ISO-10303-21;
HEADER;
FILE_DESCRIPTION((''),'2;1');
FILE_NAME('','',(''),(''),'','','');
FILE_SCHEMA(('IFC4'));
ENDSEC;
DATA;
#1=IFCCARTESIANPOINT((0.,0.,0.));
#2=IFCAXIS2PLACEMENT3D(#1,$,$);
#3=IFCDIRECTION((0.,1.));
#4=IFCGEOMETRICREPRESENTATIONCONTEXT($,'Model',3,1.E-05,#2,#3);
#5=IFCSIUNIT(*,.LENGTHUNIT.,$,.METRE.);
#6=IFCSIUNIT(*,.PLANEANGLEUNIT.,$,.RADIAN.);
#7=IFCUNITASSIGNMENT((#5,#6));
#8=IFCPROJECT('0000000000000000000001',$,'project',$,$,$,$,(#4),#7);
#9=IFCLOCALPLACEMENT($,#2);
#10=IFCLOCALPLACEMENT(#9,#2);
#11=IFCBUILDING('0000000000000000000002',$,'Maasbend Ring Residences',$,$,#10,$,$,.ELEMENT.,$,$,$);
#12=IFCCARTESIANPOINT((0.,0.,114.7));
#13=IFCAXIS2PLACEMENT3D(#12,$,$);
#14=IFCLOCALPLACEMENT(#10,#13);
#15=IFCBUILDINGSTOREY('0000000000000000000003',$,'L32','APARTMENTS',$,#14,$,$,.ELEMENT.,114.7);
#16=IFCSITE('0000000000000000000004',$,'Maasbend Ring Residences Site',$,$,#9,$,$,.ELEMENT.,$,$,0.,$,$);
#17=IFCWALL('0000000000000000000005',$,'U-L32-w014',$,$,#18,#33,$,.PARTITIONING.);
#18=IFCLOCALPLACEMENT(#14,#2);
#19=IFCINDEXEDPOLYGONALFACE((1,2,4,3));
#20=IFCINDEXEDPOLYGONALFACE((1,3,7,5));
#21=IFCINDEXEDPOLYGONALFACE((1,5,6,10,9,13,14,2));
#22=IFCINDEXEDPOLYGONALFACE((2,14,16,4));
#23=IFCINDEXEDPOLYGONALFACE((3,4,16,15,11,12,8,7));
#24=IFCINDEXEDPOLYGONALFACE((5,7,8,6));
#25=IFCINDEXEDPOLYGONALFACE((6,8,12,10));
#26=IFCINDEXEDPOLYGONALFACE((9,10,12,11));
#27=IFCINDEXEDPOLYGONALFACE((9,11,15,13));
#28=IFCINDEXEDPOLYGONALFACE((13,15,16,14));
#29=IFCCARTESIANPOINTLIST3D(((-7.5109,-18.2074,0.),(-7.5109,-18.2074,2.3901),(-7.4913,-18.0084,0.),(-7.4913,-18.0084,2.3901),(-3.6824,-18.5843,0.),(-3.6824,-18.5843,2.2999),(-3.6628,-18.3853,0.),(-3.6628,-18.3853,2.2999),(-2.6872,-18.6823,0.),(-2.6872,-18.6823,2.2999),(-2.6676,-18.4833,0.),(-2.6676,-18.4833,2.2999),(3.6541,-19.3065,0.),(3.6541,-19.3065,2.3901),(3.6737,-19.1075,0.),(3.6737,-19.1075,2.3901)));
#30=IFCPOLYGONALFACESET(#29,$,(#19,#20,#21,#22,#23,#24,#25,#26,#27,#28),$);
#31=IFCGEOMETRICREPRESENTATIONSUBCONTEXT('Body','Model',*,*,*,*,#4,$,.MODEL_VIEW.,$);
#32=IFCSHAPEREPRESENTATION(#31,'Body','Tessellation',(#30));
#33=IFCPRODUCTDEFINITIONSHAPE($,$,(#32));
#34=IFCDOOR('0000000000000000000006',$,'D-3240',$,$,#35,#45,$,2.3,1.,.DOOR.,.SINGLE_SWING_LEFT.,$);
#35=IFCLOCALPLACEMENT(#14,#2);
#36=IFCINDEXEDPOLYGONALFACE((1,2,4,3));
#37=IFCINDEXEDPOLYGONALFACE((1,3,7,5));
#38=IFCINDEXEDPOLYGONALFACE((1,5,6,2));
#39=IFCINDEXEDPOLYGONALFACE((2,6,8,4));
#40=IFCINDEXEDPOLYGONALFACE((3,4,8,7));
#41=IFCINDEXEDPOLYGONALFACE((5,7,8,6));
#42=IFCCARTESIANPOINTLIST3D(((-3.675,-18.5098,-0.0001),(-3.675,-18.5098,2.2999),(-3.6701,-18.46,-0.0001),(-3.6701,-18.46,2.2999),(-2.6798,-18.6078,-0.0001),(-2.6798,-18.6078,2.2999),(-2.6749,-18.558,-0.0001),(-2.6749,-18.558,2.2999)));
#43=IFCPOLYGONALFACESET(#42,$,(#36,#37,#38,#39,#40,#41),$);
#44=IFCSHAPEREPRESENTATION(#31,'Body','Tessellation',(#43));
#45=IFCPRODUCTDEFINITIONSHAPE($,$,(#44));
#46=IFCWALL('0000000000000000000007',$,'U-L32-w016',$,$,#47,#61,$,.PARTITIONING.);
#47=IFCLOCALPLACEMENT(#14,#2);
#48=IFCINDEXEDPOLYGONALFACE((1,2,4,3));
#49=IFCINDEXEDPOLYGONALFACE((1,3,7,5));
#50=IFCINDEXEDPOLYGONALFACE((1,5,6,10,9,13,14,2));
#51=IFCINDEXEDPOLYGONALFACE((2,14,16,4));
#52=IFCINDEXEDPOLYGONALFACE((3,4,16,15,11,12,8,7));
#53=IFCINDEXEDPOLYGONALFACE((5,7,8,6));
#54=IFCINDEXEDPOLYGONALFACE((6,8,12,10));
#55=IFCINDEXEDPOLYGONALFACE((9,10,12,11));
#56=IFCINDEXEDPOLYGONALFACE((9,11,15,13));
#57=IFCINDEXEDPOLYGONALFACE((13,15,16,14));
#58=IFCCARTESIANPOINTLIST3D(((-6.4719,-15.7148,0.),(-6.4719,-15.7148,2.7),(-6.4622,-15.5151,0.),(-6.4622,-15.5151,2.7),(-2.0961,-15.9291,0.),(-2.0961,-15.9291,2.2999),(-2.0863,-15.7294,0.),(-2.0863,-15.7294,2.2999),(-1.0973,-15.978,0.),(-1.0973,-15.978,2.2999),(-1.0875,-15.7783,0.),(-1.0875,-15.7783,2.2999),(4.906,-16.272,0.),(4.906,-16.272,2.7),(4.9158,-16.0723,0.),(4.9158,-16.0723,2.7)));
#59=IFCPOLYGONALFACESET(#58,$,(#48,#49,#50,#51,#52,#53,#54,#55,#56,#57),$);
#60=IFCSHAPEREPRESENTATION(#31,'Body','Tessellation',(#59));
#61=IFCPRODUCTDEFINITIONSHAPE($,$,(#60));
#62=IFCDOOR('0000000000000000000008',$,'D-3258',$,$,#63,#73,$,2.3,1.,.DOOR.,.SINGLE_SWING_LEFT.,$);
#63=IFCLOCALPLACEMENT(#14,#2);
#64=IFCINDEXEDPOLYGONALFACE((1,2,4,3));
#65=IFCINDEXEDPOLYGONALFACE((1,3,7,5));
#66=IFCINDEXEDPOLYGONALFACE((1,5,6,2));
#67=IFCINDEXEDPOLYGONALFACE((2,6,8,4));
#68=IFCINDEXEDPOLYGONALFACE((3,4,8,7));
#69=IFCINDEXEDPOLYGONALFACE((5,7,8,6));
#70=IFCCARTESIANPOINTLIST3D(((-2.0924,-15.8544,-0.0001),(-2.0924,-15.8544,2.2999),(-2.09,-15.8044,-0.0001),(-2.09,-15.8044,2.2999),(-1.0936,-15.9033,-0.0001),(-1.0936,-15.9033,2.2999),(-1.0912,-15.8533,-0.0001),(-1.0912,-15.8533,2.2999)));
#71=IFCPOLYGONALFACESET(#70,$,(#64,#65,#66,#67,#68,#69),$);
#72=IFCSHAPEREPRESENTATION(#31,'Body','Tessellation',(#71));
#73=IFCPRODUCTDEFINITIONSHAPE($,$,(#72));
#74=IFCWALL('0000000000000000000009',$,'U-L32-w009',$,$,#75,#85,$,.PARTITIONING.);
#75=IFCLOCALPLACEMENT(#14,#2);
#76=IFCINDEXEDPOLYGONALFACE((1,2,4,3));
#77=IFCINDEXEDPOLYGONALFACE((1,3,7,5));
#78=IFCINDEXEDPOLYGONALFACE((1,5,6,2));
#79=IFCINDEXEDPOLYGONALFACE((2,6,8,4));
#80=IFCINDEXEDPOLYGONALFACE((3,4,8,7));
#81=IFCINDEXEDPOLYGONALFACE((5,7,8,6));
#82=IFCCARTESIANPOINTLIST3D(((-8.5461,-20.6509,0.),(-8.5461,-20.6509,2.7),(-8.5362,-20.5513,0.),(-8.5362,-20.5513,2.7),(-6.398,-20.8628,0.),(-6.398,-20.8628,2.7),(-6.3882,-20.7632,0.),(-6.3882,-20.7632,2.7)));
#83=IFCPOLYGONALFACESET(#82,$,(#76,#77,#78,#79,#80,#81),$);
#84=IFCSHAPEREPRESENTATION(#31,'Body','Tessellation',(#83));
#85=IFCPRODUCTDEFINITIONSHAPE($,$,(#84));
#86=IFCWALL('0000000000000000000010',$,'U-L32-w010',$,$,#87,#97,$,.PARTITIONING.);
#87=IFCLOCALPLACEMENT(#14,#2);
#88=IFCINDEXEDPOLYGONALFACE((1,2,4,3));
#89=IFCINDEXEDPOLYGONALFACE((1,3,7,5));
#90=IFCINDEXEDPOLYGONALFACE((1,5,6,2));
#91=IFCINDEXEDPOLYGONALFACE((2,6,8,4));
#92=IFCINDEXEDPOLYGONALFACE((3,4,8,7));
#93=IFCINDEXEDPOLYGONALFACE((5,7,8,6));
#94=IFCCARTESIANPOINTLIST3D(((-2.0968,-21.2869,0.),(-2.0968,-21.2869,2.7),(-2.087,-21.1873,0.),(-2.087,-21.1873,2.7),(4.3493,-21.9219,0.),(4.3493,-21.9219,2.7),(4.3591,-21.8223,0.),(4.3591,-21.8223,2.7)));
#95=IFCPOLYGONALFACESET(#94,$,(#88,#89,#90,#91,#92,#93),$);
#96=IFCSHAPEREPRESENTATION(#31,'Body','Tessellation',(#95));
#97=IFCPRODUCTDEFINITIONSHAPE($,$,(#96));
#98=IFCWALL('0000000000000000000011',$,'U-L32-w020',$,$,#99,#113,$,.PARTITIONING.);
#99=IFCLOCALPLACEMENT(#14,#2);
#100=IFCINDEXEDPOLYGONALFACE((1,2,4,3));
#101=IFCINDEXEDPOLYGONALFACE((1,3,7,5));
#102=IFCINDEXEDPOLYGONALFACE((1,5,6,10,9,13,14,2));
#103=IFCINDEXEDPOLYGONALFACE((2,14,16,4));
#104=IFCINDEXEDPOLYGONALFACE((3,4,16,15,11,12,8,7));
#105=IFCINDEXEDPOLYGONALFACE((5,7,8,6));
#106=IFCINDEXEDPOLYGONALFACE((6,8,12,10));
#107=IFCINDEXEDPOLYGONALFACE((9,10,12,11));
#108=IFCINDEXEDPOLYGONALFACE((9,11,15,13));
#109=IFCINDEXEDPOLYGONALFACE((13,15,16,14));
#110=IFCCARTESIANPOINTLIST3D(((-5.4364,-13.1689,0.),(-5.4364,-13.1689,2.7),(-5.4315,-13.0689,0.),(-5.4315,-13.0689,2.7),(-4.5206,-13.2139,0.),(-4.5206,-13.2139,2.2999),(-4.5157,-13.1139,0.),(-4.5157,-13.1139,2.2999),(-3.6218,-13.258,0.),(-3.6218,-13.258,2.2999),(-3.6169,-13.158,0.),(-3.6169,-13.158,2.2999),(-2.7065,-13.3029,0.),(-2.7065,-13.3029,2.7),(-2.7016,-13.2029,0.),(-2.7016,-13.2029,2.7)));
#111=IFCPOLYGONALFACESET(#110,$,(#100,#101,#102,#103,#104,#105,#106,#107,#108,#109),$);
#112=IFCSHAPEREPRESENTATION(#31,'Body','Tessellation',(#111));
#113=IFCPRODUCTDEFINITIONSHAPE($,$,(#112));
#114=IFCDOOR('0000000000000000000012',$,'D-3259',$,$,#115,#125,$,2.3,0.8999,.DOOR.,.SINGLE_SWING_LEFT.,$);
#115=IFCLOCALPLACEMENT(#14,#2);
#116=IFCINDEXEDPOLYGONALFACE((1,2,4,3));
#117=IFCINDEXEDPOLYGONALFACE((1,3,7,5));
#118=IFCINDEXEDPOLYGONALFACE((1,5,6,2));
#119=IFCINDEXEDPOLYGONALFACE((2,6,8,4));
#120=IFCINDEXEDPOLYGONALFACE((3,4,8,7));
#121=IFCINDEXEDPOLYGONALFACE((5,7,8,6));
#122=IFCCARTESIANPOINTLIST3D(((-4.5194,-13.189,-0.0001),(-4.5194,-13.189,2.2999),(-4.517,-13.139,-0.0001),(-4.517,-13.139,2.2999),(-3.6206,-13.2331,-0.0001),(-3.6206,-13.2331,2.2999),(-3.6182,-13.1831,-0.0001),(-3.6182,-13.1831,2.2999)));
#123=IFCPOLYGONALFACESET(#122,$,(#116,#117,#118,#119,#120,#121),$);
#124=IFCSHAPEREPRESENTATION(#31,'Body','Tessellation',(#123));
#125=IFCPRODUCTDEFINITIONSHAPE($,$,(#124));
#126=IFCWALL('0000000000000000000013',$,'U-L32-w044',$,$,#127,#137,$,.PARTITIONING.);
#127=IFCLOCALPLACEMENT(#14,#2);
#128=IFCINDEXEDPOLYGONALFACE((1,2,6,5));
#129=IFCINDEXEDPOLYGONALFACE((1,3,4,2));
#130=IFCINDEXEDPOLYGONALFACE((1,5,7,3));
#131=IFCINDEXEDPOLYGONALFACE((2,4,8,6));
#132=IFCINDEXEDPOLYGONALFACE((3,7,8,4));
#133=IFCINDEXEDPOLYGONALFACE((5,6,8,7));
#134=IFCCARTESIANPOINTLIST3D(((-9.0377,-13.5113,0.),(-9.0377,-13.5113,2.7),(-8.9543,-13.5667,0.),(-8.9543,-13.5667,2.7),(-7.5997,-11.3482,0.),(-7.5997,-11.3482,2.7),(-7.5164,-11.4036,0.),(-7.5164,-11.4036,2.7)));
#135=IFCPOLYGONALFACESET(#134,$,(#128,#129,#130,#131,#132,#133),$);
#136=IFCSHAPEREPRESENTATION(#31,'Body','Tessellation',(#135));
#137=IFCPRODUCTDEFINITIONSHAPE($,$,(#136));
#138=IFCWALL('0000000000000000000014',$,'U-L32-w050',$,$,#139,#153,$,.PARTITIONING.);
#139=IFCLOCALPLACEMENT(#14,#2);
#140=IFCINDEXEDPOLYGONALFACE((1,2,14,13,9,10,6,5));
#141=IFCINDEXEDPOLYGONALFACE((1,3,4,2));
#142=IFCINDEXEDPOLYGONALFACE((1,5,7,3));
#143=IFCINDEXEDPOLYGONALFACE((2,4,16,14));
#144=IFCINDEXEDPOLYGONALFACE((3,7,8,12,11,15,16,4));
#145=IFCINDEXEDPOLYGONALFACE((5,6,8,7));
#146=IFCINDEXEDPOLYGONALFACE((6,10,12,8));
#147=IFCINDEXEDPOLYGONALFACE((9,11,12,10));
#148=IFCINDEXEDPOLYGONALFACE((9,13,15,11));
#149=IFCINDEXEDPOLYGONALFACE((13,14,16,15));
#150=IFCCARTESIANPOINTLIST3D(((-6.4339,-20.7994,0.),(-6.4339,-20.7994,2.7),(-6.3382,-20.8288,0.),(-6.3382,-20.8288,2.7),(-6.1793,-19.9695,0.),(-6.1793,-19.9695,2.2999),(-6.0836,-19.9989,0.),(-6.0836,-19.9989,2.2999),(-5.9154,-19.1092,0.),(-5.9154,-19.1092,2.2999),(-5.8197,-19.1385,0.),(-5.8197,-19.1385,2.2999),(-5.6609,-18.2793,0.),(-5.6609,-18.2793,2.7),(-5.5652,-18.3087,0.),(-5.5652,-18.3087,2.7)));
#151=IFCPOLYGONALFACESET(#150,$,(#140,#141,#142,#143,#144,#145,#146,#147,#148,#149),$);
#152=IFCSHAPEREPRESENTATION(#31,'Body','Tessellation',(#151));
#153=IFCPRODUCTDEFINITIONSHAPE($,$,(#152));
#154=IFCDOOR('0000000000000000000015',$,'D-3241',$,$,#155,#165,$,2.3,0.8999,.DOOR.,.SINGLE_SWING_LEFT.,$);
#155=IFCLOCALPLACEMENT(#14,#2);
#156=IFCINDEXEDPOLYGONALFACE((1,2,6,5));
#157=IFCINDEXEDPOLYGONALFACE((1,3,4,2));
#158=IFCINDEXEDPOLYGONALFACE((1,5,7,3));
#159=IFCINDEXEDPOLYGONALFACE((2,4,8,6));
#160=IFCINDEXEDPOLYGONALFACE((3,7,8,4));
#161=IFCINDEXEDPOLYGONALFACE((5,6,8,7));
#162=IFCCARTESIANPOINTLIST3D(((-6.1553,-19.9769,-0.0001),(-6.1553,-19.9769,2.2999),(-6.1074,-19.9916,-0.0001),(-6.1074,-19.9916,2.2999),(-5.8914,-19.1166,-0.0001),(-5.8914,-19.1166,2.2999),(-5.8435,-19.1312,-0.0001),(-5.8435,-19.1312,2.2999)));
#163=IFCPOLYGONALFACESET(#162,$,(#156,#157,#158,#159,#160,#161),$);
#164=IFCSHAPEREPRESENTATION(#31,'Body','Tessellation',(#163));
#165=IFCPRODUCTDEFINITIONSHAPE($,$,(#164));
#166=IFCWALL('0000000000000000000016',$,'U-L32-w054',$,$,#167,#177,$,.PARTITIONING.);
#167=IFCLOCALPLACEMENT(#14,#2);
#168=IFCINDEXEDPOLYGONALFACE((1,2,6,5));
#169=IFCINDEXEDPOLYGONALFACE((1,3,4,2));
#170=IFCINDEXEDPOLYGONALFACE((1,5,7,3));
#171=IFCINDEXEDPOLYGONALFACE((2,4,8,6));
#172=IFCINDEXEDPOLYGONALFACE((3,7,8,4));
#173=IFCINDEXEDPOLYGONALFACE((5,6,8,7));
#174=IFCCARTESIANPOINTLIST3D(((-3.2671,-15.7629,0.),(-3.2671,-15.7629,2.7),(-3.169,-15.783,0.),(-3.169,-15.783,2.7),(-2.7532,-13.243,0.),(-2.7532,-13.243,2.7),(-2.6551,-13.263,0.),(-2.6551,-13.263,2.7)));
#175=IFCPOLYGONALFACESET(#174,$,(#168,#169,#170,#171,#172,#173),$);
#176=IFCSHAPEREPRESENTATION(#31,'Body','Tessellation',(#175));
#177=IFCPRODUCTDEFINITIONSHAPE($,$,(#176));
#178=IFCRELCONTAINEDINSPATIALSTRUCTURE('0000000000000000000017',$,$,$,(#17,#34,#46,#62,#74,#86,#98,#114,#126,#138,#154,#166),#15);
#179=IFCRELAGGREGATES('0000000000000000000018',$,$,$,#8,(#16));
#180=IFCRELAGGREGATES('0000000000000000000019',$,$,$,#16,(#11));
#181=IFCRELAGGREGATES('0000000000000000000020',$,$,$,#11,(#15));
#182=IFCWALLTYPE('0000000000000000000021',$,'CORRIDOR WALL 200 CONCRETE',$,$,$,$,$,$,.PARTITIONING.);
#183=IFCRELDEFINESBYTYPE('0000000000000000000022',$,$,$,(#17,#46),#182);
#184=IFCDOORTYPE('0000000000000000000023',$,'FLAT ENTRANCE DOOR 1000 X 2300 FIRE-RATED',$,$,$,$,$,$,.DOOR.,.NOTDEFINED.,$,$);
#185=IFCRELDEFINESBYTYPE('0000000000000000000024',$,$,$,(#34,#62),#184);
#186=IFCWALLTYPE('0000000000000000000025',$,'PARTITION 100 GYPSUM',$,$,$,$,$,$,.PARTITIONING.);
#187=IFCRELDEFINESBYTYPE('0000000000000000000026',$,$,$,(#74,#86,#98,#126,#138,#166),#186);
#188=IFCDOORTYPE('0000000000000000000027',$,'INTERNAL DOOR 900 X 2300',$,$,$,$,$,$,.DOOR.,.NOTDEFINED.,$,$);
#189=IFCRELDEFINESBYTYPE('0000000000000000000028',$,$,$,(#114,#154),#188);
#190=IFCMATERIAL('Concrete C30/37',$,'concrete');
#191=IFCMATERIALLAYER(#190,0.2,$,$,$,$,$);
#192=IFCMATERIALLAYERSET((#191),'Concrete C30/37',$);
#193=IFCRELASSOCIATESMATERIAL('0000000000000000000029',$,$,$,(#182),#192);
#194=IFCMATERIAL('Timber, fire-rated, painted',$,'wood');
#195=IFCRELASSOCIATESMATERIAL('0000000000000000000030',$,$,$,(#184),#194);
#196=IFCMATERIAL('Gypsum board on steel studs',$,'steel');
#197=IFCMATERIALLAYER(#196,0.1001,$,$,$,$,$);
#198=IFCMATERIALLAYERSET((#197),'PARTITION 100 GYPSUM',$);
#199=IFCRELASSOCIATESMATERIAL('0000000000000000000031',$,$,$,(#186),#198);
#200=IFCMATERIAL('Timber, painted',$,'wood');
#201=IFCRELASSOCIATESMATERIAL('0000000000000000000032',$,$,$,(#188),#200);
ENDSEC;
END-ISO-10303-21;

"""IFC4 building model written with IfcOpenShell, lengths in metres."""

from ifc_helpers import new_model, si_unit, direction, frame, frame_2d, origin, place, context, subcontext, project, spatial, rectangle, extrude, material, layer, layer_set, type_object, element, fill, save


model = new_model("IFC4")

# Units and contexts
model_context = context("Model", 3, precision=1e-05, world=origin(), true_north=direction((0.0, 1.0)))
body_context = subcontext(model_context, "Body", "Model", "MODEL_VIEW")
ifc_project = project(units=[si_unit("LENGTHUNIT", "METRE"), si_unit("PLANEANGLEUNIT", "RADIAN")], contexts=[model_context])

# Site, building, storey
site_placement = place(None, origin())
site = spatial("IfcSite", under=ifc_project, at=site_placement, Name="Maasbend Ring Residences Site", CompositionType="ELEMENT", RefElevation=0.0)
building_placement = place(site_placement, origin())
building = spatial("IfcBuilding", under=site, at=building_placement, Name="Maasbend Ring Residences", CompositionType="ELEMENT")
storey_placement = place(building_placement, frame((0.0, 0.0, 114.7)))
storey = spatial("IfcBuildingStorey", under=building, at=storey_placement, Name="L32", Description="APARTMENTS", CompositionType="ELEMENT", Elevation=114.7)

# Walls, openings, doors
ifc_material_1 = material(Name="Concrete C30/37", Category="concrete")
ifc_layer_1 = layer(ifc_material_1, 0.2)
ifc_layer_set_1 = layer_set([ifc_layer_1], Name="Concrete C30/37")
wall_type_1 = type_object("IfcWallType", Name="CORRIDOR WALL 200 CONCRETE", PredefinedType="PARTITIONING", material=ifc_layer_set_1)
wall_1_placement = place(storey_placement, frame((-7.501, -18.1079, 0.0), z_axis=(0.0, 0.0, 1.0), x_axis=(0.995189, -0.09797, 0.0)))
wall_1 = element("IfcWall", 1, at=wall_1_placement, inside=storey, type_object=wall_type_1, Name="U-L32-w014", PredefinedType="PARTITIONING", context=body_context, shape_type="SweptSolid", body=[
    extrude(rectangle(XDim=11.219, YDim=0.2, at=frame_2d((5.6094, 0.0))), origin(), (0.0, 0.0, 1.0), 2.3901),
])
opening_1_placement = place(wall_1_placement, frame((3.8469, 0.0, 0.0)))
opening_1 = element("IfcOpeningElement", 2, at=opening_1_placement, cuts=wall_1, PredefinedType="OPENING", context=body_context, shape_type="SweptSolid", body=[
    extrude(rectangle(XDim=1.0, YDim=2.3, at=frame_2d((0.5, 1.1499))), frame((0.0, 0.1099, 0.0), z_axis=(0.0, -1.0, 0.0), x_axis=(1.0, 0.0, 0.0)), (0.0, 0.0, 1.0), 0.22),
])
ifc_material_2 = material(Name="Timber, fire-rated, painted", Category="wood")
door_type_1 = type_object("IfcDoorType", Name="FLAT ENTRANCE DOOR 1000 X 2300 FIRE-RATED", OperationType="NOTDEFINED", PredefinedType="DOOR", material=ifc_material_2)
door_1_placement = place(opening_1_placement, origin())
door_1 = element("IfcDoor", 3, at=door_1_placement, inside=storey, type_object=door_type_1, Name="D-3240", OperationType="SINGLE_SWING_LEFT", OverallHeight=2.3, OverallWidth=1.0, PredefinedType="DOOR", context=body_context, shape_type="SweptSolid", body=[
    extrude(rectangle(XDim=1.0, YDim=2.3, at=frame_2d((0.5, 1.1499))), frame((0.0, 0.0249, 0.0), z_axis=(0.0, -1.0, 0.0), x_axis=(1.0, 0.0, 0.0)), (0.0, 0.0, 1.0), 0.05),
])
fill(opening_1, door_1)
wall_2_placement = place(storey_placement, frame((-6.467, -15.615, 0.0), z_axis=(0.0, 0.0, 1.0), x_axis=(0.998803, -0.048907, 0.0)))
wall_2 = element("IfcWall", 4, at=wall_2_placement, inside=storey, type_object=wall_type_1, Name="U-L32-w016", PredefinedType="PARTITIONING", context=body_context, shape_type="SweptSolid", body=[
    extrude(rectangle(XDim=11.3916, YDim=0.2, at=frame_2d((5.6958, 0.0))), origin(), (0.0, 0.0, 1.0), 2.7),
])
opening_2_placement = place(wall_2_placement, frame((4.3811, 0.0, 0.0)))
opening_2 = element("IfcOpeningElement", 5, at=opening_2_placement, cuts=wall_2, PredefinedType="OPENING", context=body_context, shape_type="SweptSolid", body=[
    extrude(rectangle(XDim=1.0, YDim=2.3, at=frame_2d((0.5, 1.1499))), frame((0.0, 0.1099, 0.0), z_axis=(0.0, -1.0, 0.0), x_axis=(1.0, 0.0, 0.0)), (0.0, 0.0, 1.0), 0.22),
])
door_2_placement = place(opening_2_placement, origin())
door_2 = element("IfcDoor", 6, at=door_2_placement, inside=storey, type_object=door_type_1, Name="D-3258", OperationType="SINGLE_SWING_LEFT", OverallHeight=2.3, OverallWidth=1.0, PredefinedType="DOOR", context=body_context, shape_type="SweptSolid", body=[
    extrude(rectangle(XDim=1.0, YDim=2.3, at=frame_2d((0.5, 1.1499))), frame((0.0, 0.0249, 0.0), z_axis=(0.0, -1.0, 0.0), x_axis=(1.0, 0.0, 0.0)), (0.0, 0.0, 1.0), 0.05),
])
fill(opening_2, door_2)

# Walls
ifc_material_3 = material(Name="Gypsum board on steel studs", Category="steel")
ifc_layer_2 = layer(ifc_material_3, 0.1001)
ifc_layer_set_2 = layer_set([ifc_layer_2], Name="PARTITION 100 GYPSUM")
wall_type_2 = type_object("IfcWallType", Name="PARTITION 100 GYPSUM", PredefinedType="PARTITIONING", material=ifc_layer_set_2)
wall_3_placement = place(storey_placement, frame((-8.541, -20.6011, 0.0), z_axis=(0.0, 0.0, 1.0), x_axis=(0.995168, -0.098182, 0.0)))
element("IfcWall", 7, at=wall_3_placement, inside=storey, type_object=wall_type_2, Name="U-L32-w009", PredefinedType="PARTITIONING", context=body_context, shape_type="SweptSolid", body=[
    extrude(rectangle(XDim=2.1584, YDim=0.1001, at=frame_2d((1.0791, 0.0))), origin(), (0.0, 0.0, 1.0), 2.7),
])
wall_4_placement = place(storey_placement, frame((-2.092, -21.2371, 0.0), z_axis=(0.0, 0.0, 1.0), x_axis=(0.995183, -0.098037, 0.0)))
element("IfcWall", 8, at=wall_4_placement, inside=storey, type_object=wall_type_2, Name="U-L32-w010", PredefinedType="PARTITIONING", context=body_context, shape_type="SweptSolid", body=[
    extrude(rectangle(XDim=6.4773, YDim=0.1001, at=frame_2d((3.2388, 0.0))), origin(), (0.0, 0.0, 1.0), 2.7),
])

# Wall, opening, door
wall_5_placement = place(storey_placement, frame((-5.4341, -13.1189, 0.0), z_axis=(0.0, 0.0, 1.0), x_axis=(0.998797, -0.049038, 0.0)))
wall_5 = element("IfcWall", 9, at=wall_5_placement, inside=storey, type_object=wall_type_2, Name="U-L32-w020", PredefinedType="PARTITIONING", context=body_context, shape_type="SweptSolid", body=[
    extrude(rectangle(XDim=2.7332, YDim=0.1001, at=frame_2d((1.3667, 0.0))), origin(), (0.0, 0.0, 1.0), 2.7),
])
opening_3_placement = place(wall_5_placement, frame((0.917, 0.0, 0.0)))
opening_3 = element("IfcOpeningElement", 10, at=opening_3_placement, cuts=wall_5, PredefinedType="OPENING", context=body_context, shape_type="SweptSolid", body=[
    extrude(rectangle(XDim=0.8999, YDim=2.3, at=frame_2d((0.45, 1.1499))), frame((0.0, 0.0601, 0.0), z_axis=(0.0, -1.0, 0.0), x_axis=(1.0, 0.0, 0.0)), (0.0, 0.0, 1.0), 0.1201),
])
ifc_material_4 = material(Name="Timber, painted", Category="wood")
door_type_2 = type_object("IfcDoorType", Name="INTERNAL DOOR 900 X 2300", OperationType="NOTDEFINED", PredefinedType="DOOR", material=ifc_material_4)
door_3_placement = place(opening_3_placement, origin())
door_3 = element("IfcDoor", 11, at=door_3_placement, inside=storey, type_object=door_type_2, Name="D-3259", OperationType="SINGLE_SWING_LEFT", OverallHeight=2.3, OverallWidth=0.8999, PredefinedType="DOOR", context=body_context, shape_type="SweptSolid", body=[
    extrude(rectangle(XDim=0.8999, YDim=2.3, at=frame_2d((0.45, 1.1499))), frame((0.0, 0.0249, 0.0), z_axis=(0.0, -1.0, 0.0), x_axis=(1.0, 0.0, 0.0)), (0.0, 0.0, 1.0), 0.05),
])
fill(opening_3, door_3)

# Wall
wall_6_placement = place(storey_placement, frame((-8.9961, -13.5391, 0.0), z_axis=(0.0, 0.0, 1.0), x_axis=(0.553615, 0.832773, 0.0)))
element("IfcWall", 12, at=wall_6_placement, inside=storey, type_object=wall_type_2, Name="U-L32-w044", PredefinedType="PARTITIONING", context=body_context, shape_type="SweptSolid", body=[
    extrude(rectangle(XDim=2.5974, YDim=0.1001, at=frame_2d((1.2988, 0.0))), origin(), (0.0, 0.0, 1.0), 2.7),
])

# Wall, opening, door
wall_7_placement = place(storey_placement, frame((-6.386, -20.814, 0.0), z_axis=(0.0, 0.0, 1.0), x_axis=(0.29324, 0.956039, 0.0)))
wall_7 = element("IfcWall", 13, at=wall_7_placement, inside=storey, type_object=wall_type_2, Name="U-L32-w050", PredefinedType="PARTITIONING", context=body_context, shape_type="SweptSolid", body=[
    extrude(rectangle(XDim=2.636, YDim=0.1001, at=frame_2d((1.3179, 0.0))), origin(), (0.0, 0.0, 1.0), 2.7),
])
opening_4_placement = place(wall_7_placement, frame((0.8679, 0.0, 0.0)))
opening_4 = element("IfcOpeningElement", 14, at=opening_4_placement, cuts=wall_7, PredefinedType="OPENING", context=body_context, shape_type="SweptSolid", body=[
    extrude(rectangle(XDim=0.8999, YDim=2.3, at=frame_2d((0.45, 1.1499))), frame((0.0, 0.0601, 0.0), z_axis=(0.0, -1.0, 0.0), x_axis=(1.0, 0.0, 0.0)), (0.0, 0.0, 1.0), 0.1201),
])
door_4_placement = place(opening_4_placement, origin())
door_4 = element("IfcDoor", 15, at=door_4_placement, inside=storey, type_object=door_type_2, Name="D-3241", OperationType="SINGLE_SWING_LEFT", OverallHeight=2.3, OverallWidth=0.8999, PredefinedType="DOOR", context=body_context, shape_type="SweptSolid", body=[
    extrude(rectangle(XDim=0.8999, YDim=2.3, at=frame_2d((0.45, 1.1499))), frame((0.0, 0.0249, 0.0), z_axis=(0.0, -1.0, 0.0), x_axis=(1.0, 0.0, 0.0)), (0.0, 0.0, 1.0), 0.05),
])
fill(opening_4, door_4)

# Wall
wall_8_placement = place(storey_placement, frame((-3.218, -15.7729, 0.0), z_axis=(0.0, 0.0, 1.0), x_axis=(0.199821, 0.979833, 0.0)))
element("IfcWall", 16, at=wall_8_placement, inside=storey, type_object=wall_type_2, Name="U-L32-w054", PredefinedType="PARTITIONING", context=body_context, shape_type="SweptSolid", body=[
    extrude(rectangle(XDim=2.5718, YDim=0.1001, at=frame_2d((1.2859, 0.0))), origin(), (0.0, 0.0, 1.0), 2.7),
])

save(model, "model.ifc")
